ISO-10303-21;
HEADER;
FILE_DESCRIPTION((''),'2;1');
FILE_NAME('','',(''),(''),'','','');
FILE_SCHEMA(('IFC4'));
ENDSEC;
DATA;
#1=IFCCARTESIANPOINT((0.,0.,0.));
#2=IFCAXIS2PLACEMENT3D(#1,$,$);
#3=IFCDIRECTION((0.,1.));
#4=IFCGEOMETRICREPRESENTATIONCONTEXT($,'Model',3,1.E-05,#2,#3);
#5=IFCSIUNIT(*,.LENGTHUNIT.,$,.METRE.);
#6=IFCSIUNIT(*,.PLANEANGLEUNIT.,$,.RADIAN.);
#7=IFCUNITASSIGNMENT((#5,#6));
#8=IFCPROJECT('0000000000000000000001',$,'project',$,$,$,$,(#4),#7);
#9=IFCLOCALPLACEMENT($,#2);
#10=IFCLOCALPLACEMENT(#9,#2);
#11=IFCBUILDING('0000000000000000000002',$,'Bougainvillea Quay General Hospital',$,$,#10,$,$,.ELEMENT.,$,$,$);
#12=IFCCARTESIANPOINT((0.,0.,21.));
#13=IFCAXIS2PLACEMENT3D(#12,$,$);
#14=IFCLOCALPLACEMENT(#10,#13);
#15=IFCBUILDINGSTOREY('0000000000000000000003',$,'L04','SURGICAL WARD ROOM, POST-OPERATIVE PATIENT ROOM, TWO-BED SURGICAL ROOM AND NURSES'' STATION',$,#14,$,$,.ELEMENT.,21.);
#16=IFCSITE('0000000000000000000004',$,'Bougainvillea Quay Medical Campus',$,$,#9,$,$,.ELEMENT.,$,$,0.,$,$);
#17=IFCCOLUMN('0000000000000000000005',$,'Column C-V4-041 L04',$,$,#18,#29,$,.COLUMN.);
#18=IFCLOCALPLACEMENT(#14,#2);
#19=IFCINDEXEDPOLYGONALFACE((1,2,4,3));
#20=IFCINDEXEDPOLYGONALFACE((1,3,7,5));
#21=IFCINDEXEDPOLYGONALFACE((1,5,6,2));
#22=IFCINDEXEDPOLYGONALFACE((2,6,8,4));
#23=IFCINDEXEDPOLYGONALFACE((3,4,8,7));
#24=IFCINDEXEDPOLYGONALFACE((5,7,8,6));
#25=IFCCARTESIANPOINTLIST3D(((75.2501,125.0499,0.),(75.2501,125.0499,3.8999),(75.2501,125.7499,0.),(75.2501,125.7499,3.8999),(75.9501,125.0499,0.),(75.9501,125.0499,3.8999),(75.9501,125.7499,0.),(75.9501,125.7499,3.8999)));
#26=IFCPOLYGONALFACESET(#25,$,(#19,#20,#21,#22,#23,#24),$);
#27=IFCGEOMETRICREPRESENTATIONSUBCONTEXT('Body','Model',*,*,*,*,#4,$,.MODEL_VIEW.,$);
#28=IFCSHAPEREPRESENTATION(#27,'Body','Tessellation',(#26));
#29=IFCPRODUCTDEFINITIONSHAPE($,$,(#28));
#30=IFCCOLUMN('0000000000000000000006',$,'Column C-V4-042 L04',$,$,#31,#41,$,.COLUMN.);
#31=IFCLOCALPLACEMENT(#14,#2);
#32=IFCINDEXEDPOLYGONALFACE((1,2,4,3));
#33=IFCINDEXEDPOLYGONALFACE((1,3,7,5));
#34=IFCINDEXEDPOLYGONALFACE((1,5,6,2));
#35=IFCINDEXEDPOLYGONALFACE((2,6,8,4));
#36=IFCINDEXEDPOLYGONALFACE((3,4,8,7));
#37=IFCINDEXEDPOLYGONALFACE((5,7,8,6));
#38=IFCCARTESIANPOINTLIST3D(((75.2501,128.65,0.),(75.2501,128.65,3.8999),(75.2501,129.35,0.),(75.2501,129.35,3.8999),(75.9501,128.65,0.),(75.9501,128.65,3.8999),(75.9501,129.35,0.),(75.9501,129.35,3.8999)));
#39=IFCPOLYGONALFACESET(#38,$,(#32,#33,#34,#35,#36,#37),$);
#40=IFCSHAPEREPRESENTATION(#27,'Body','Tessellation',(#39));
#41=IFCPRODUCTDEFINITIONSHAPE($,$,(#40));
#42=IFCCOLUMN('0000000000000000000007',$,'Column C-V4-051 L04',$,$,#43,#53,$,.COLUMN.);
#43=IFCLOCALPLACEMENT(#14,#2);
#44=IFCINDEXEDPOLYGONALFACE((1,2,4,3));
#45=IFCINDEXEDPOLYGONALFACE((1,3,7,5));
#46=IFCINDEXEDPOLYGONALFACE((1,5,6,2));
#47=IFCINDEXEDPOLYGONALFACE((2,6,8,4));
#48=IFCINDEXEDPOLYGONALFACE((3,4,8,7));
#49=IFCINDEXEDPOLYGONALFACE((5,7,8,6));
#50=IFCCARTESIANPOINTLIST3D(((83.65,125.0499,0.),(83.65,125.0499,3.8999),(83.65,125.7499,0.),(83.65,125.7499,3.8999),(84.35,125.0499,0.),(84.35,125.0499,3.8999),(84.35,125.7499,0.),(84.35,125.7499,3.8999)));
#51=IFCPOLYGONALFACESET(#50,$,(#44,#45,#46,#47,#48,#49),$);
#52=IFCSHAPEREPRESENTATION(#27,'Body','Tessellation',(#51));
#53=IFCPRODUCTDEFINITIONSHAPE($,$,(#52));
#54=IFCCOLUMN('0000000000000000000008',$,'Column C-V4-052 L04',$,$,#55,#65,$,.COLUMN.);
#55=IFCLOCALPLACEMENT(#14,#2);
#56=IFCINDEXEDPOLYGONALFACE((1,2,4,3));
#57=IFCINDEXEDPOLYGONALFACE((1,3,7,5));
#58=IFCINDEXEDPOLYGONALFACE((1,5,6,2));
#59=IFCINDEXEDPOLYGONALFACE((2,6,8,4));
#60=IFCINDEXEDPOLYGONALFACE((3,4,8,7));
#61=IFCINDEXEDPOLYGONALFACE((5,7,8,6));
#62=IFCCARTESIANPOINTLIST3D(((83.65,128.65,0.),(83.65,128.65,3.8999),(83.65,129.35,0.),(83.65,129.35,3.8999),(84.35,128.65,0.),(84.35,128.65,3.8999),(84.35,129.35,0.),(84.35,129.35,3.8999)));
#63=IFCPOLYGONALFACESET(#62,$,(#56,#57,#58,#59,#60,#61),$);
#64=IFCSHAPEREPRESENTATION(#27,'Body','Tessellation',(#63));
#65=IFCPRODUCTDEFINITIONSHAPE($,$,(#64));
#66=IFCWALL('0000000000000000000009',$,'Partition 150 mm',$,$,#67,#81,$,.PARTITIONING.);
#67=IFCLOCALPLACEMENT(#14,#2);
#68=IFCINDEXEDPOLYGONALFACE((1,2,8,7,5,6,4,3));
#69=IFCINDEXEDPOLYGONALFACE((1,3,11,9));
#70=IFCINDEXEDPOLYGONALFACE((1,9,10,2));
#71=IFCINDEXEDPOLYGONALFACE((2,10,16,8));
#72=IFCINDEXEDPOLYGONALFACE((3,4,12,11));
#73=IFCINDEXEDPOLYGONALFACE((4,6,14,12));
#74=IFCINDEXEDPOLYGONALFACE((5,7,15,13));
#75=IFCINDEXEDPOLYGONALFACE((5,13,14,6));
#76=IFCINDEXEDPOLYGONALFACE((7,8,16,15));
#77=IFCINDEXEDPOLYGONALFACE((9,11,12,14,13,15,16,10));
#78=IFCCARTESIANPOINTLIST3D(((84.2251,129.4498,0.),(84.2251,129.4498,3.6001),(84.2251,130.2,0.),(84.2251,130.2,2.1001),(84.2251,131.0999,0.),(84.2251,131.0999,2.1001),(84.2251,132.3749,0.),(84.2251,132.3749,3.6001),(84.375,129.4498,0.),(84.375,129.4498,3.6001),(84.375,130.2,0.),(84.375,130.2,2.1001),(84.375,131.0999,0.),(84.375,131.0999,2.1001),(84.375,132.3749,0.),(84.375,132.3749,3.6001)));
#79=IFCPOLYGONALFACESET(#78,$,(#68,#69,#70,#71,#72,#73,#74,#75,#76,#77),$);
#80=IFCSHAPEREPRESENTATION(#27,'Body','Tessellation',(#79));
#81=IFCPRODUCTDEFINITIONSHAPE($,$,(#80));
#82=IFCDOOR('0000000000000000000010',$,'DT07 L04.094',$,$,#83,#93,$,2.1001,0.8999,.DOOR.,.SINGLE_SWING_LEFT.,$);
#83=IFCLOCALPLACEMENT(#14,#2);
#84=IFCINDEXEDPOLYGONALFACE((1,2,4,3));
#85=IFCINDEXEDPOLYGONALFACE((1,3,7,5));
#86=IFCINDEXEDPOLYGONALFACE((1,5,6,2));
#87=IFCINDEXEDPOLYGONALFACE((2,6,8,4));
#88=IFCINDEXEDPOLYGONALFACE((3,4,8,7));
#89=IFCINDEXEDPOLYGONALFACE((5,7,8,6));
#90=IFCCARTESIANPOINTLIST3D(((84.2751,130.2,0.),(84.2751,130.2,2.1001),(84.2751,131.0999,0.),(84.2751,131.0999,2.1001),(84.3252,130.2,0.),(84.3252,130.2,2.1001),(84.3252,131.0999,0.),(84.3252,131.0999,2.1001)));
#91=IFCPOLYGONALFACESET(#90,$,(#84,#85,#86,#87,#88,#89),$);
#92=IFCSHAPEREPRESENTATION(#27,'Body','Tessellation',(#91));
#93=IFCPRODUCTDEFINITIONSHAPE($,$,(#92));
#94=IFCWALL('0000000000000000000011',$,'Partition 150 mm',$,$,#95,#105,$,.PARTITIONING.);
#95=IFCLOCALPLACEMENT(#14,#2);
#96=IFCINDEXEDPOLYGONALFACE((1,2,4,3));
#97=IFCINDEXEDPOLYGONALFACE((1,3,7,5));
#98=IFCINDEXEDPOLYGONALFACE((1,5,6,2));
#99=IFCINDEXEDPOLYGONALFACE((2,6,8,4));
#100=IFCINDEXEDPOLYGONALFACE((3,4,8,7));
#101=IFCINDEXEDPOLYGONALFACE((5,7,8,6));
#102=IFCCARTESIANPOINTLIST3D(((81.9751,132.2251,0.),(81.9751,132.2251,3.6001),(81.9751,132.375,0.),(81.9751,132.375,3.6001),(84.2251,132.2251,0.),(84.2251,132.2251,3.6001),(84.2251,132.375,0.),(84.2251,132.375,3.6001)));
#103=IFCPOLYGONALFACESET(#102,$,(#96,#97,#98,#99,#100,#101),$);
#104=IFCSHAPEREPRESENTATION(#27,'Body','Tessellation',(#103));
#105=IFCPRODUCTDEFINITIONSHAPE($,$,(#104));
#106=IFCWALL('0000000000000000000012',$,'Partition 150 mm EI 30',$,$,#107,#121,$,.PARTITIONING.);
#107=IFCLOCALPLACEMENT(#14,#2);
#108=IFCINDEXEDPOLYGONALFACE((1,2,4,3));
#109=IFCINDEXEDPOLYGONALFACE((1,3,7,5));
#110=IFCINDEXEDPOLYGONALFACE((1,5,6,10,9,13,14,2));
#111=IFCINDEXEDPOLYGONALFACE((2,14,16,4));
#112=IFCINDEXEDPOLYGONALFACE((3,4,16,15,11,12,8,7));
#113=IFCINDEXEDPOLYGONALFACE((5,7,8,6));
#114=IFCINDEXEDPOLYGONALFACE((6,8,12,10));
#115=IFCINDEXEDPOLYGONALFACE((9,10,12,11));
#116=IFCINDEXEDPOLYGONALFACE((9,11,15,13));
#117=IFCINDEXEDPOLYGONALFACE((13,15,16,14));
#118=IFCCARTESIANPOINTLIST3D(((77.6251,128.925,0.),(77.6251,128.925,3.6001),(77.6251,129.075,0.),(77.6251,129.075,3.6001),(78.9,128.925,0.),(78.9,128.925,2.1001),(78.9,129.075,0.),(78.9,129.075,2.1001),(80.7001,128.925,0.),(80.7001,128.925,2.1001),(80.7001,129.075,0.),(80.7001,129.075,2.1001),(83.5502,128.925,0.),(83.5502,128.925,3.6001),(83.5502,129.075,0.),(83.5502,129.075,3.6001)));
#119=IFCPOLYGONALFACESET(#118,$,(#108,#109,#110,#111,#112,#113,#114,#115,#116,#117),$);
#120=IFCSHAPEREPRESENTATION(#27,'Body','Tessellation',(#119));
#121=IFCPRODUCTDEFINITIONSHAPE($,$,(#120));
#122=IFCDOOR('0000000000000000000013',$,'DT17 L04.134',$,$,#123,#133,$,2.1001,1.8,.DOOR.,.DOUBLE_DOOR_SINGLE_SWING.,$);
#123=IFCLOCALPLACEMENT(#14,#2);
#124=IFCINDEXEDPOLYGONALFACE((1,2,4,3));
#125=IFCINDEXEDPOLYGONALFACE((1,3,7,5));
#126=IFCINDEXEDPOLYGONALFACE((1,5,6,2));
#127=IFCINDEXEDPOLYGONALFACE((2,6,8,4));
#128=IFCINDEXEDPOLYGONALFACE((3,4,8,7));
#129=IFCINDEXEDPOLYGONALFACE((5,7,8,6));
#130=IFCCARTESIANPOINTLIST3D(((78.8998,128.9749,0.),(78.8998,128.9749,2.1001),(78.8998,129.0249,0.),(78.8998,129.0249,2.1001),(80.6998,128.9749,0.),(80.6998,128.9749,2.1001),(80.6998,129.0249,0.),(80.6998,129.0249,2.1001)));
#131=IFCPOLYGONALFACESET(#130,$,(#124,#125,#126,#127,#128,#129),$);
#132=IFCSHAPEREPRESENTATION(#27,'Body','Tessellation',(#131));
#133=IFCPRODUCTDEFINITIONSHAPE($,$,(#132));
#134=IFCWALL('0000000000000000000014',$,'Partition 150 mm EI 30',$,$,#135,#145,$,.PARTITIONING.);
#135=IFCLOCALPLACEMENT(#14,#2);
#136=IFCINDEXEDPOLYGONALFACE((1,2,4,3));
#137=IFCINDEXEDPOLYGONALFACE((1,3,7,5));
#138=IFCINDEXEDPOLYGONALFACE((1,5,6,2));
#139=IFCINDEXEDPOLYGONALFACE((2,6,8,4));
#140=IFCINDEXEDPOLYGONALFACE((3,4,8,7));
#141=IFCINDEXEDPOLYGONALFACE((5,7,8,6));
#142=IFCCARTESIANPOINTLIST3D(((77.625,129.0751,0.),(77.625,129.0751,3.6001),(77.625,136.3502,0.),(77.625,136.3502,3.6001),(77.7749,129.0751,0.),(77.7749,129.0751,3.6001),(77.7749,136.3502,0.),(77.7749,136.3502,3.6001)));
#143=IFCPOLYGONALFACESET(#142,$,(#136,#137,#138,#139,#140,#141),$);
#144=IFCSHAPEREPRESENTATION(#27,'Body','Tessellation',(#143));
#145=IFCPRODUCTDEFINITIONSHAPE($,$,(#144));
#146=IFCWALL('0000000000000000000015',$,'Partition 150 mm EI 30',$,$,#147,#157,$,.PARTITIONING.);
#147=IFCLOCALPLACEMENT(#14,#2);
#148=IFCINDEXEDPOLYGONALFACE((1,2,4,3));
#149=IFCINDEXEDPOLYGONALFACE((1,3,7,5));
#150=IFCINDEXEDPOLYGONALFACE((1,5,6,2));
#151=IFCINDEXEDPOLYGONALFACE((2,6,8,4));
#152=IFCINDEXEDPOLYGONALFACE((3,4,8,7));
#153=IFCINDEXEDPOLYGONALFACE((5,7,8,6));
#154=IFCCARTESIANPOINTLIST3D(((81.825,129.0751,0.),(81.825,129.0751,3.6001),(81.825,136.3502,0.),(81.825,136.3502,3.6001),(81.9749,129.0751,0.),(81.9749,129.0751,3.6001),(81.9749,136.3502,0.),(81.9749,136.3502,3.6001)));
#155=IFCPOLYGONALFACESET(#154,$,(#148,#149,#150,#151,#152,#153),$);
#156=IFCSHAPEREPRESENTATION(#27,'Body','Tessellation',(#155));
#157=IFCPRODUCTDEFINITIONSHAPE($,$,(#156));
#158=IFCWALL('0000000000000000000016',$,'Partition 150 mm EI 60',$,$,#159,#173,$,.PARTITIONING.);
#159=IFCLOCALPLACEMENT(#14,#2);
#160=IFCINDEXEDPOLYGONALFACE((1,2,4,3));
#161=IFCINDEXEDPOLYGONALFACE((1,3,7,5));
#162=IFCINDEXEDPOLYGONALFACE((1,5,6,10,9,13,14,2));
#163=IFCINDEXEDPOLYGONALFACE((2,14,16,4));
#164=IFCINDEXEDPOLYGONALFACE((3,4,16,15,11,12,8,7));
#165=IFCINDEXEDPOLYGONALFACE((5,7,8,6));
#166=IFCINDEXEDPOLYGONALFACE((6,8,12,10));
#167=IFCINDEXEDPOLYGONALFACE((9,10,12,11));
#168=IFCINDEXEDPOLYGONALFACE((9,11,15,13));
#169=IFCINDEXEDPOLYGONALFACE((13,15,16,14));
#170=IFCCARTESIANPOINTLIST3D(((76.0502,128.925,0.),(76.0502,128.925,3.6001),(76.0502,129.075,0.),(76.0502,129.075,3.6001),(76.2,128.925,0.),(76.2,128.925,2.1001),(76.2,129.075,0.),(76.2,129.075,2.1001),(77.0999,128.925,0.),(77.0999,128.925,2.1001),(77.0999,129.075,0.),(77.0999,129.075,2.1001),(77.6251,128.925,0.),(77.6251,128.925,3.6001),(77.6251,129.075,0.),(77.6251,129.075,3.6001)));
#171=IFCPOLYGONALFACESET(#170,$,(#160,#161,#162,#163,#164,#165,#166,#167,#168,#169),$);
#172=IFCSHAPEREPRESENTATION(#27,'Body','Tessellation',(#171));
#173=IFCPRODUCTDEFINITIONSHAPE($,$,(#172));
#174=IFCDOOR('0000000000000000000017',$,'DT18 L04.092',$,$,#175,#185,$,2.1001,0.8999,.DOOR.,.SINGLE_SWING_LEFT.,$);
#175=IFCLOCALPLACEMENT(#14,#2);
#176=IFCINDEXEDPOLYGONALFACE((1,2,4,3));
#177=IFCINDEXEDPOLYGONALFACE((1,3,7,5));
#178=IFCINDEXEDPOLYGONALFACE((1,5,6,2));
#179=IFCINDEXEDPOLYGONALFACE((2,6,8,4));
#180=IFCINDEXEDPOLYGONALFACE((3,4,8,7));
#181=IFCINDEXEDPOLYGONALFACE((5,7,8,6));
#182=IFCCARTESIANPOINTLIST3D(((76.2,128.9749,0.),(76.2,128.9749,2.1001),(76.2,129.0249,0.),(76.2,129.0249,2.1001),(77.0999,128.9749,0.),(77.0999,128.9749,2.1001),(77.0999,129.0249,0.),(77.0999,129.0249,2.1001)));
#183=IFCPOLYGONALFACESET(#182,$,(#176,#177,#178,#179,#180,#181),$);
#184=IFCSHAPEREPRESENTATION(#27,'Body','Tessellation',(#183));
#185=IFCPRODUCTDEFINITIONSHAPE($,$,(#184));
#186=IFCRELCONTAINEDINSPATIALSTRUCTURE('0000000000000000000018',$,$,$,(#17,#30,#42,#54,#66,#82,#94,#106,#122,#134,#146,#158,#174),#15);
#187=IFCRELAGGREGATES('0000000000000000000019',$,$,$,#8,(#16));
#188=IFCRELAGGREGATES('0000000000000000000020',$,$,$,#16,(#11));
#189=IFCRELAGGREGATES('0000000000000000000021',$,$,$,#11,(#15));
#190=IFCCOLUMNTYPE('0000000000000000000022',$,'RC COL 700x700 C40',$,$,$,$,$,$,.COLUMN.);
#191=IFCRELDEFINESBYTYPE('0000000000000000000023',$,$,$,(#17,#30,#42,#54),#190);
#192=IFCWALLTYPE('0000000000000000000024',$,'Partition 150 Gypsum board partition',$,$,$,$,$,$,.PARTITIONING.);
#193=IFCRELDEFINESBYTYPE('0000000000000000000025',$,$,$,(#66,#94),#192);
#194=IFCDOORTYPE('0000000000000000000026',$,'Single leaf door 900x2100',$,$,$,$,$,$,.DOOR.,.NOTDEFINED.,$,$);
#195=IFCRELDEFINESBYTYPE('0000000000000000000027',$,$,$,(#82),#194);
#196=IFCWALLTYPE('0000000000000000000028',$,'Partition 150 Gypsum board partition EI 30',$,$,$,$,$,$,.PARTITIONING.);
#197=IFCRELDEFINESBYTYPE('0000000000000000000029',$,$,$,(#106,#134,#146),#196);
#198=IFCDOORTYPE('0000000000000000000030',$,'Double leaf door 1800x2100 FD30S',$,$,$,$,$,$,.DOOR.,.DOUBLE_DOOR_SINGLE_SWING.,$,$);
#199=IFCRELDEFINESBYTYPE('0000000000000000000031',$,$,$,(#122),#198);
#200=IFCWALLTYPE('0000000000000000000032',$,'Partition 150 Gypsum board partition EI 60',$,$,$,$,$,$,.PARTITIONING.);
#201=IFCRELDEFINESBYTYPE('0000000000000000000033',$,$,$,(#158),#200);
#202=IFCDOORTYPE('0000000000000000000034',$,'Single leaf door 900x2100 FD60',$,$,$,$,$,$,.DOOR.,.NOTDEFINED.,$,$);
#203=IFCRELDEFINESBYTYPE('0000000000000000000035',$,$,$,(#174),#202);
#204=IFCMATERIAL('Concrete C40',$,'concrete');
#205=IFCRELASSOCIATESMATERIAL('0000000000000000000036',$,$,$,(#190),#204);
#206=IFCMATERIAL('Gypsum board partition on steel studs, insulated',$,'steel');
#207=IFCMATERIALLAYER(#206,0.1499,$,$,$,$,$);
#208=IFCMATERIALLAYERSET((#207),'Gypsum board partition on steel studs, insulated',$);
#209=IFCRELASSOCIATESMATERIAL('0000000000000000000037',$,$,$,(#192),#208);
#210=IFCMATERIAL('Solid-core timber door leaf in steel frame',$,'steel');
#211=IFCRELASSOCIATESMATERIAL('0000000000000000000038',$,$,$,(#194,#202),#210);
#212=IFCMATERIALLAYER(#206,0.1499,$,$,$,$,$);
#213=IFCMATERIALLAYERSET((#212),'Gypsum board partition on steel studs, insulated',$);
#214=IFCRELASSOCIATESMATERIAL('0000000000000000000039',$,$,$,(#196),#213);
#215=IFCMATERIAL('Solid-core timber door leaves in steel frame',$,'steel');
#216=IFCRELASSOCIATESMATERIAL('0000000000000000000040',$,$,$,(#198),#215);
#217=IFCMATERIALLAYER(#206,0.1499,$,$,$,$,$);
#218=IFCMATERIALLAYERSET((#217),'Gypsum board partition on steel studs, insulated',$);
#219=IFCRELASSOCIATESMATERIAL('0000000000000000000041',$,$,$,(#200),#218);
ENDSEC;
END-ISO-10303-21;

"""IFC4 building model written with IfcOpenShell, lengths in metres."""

from ifc_helpers import new_model, si_unit, direction, frame, frame_2d, origin, origin_2d, place, context, subcontext, project, spatial, rectangle, extrude, material, layer, layer_set, material_profile, profile_set, type_object, element, fill, save


model = new_model("IFC4")

# Units and contexts
model_context = context("Model", 3, precision=1e-05, world=origin(), true_north=direction((0.0, 1.0)))
body_context = subcontext(model_context, "Body", "Model", "MODEL_VIEW")
ifc_project = project(units=[si_unit("LENGTHUNIT", "METRE"), si_unit("PLANEANGLEUNIT", "RADIAN")], contexts=[model_context])

# Site, building, storey
site_placement = place(None, origin())
site = spatial("IfcSite", under=ifc_project, at=site_placement, Name="Bougainvillea Quay Medical Campus", CompositionType="ELEMENT", RefElevation=0.0)
building_placement = place(site_placement, origin())
building = spatial("IfcBuilding", under=site, at=building_placement, Name="Bougainvillea Quay General Hospital", CompositionType="ELEMENT")
storey_placement = place(building_placement, frame((0.0, 0.0, 21.0)))
storey = spatial("IfcBuildingStorey", under=building, at=storey_placement, Name="L04", Description="SURGICAL WARD ROOM, POST-OPERATIVE PATIENT ROOM, TWO-BED SURGICAL ROOM AND NURSES' STATION", CompositionType="ELEMENT", Elevation=21.0)

# Columns
ifc_material_1 = material(Name="Concrete C40", Category="concrete")
ifc_material_profile_1 = material_profile(ifc_material_1, rectangle(XDim=0.7, YDim=0.7, at=origin_2d()))
ifc_profile_set_1 = profile_set([ifc_material_profile_1], Name="Concrete C40")
column_type = type_object("IfcColumnType", Name="RC COL 700x700 C40", PredefinedType="COLUMN", material=ifc_profile_set_1)
for number, where, z_axis, x_axis, name in (
    (1, (75.6001, 125.3999, 0.0), (0.0, 0.0, 1.0), (1.0, 0.0, 0.0), "Column C-V4-041 L04"),
    (2, (75.6001, 129.0, 0.0), (0.0, 0.0, 1.0), (1.0, 0.0, 0.0), "Column C-V4-042 L04"),
    (3, (84.0, 125.3999, 0.0), (0.0, 0.0, 1.0), (1.0, 0.0, 0.0), "Column C-V4-051 L04"),
    (4, (84.0, 129.0, 0.0), (0.0, 0.0, 1.0), (1.0, 0.0, 0.0), "Column C-V4-052 L04"),
):
    element("IfcColumn", number, at=place(storey_placement, frame(where, z_axis=z_axis, x_axis=x_axis)), inside=storey, type_object=column_type, Name=name, PredefinedType="COLUMN", context=body_context, shape_type="SweptSolid", body=[
        extrude(rectangle(XDim=0.7, YDim=0.7, at=origin_2d()), origin(), (0.0, 0.0, 1.0), 3.8999),
    ])

# Wall, opening, door
ifc_material_2 = material(Name="Gypsum board partition on steel studs, insulated", Category="steel")
ifc_layer_1 = layer(ifc_material_2, 0.1499)
ifc_layer_set_1 = layer_set([ifc_layer_1], Name="Gypsum board partition on steel studs, insulated")
wall_type_1 = type_object("IfcWallType", Name="Partition 150 Gypsum board partition", PredefinedType="PARTITIONING", material=ifc_layer_set_1)
wall_1_placement = place(storey_placement, frame((84.3, 129.45, 0.0), z_axis=(0.0, 0.0, 1.0), x_axis=(0.0, 1.0, 0.0)))
wall_1 = element("IfcWall", 5, at=wall_1_placement, inside=storey, type_object=wall_type_1, Name="Partition 150 mm", PredefinedType="PARTITIONING", context=body_context, shape_type="SweptSolid", body=[
    extrude(rectangle(XDim=2.925, YDim=0.1499, at=frame_2d((1.4624, 0.0))), origin(), (0.0, 0.0, 1.0), 3.6001),
])
opening_1_placement = place(wall_1_placement, frame((0.75, 0.0, 0.0)))
opening_1 = element("IfcOpeningElement", 6, at=opening_1_placement, cuts=wall_1, PredefinedType="OPENING", context=body_context, shape_type="SweptSolid", body=[
    extrude(rectangle(XDim=0.8999, YDim=2.1001, at=frame_2d((0.45, 1.05))), frame((0.0, 0.085, 0.0), z_axis=(0.0, -1.0, 0.0), x_axis=(1.0, 0.0, 0.0)), (0.0, 0.0, 1.0), 0.1699),
])
ifc_material_3 = material(Name="Solid-core timber door leaf in steel frame", Category="steel")
door_type_1 = type_object("IfcDoorType", Name="Single leaf door 900x2100", OperationType="NOTDEFINED", PredefinedType="DOOR", material=ifc_material_3)
door_1_placement = place(opening_1_placement, origin())
door_1 = element("IfcDoor", 7, at=door_1_placement, inside=storey, type_object=door_type_1, Name="DT07 L04.094", OperationType="SINGLE_SWING_LEFT", OverallHeight=2.1001, OverallWidth=0.8999, PredefinedType="DOOR", context=body_context, shape_type="SweptSolid", body=[
    extrude(rectangle(XDim=0.8999, YDim=2.1001, at=frame_2d((0.45, 1.05))), frame((0.0, 0.0249, 0.0), z_axis=(0.0, -1.0, 0.0), x_axis=(1.0, 0.0, 0.0)), (0.0, 0.0, 1.0), 0.05),
])
fill(opening_1, door_1)

# Wall
wall_2_placement = place(storey_placement, frame((81.9751, 132.3, 0.0), z_axis=(0.0, 0.0, 1.0), x_axis=(1.0, 0.0, 0.0)))
element("IfcWall", 8, at=wall_2_placement, inside=storey, type_object=wall_type_1, Name="Partition 150 mm", PredefinedType="PARTITIONING", context=body_context, shape_type="SweptSolid", body=[
    extrude(rectangle(XDim=2.25, YDim=0.1499, at=frame_2d((1.125, 0.0))), origin(), (0.0, 0.0, 1.0), 3.6001),
])

# Wall, opening, door
ifc_layer_2 = layer(ifc_material_2, 0.1499)
ifc_layer_set_2 = layer_set([ifc_layer_2], Name="Gypsum board partition on steel studs, insulated")
wall_type_2 = type_object("IfcWallType", Name="Partition 150 Gypsum board partition EI 30", PredefinedType="PARTITIONING", material=ifc_layer_set_2)
wall_3_placement = place(storey_placement, frame((83.55, 129.0, 0.0), z_axis=(0.0, 0.0, 1.0), x_axis=(-1.0, 0.0, 0.0)))
wall_3 = element("IfcWall", 9, at=wall_3_placement, inside=storey, type_object=wall_type_2, Name="Partition 150 mm EI 30", PredefinedType="PARTITIONING", context=body_context, shape_type="SweptSolid", body=[
    extrude(rectangle(XDim=5.925, YDim=0.1499, at=frame_2d((2.9624, 0.0))), origin(), (0.0, 0.0, 1.0), 3.6001),
])
opening_2_placement = place(wall_3_placement, frame((2.8501, 0.0, 0.0)))
opening_2 = element("IfcOpeningElement", 10, at=opening_2_placement, cuts=wall_3, PredefinedType="OPENING", context=body_context, shape_type="SweptSolid", body=[
    extrude(rectangle(XDim=1.8, YDim=2.1001, at=frame_2d((0.8999, 1.05))), frame((0.0, 0.085, 0.0), z_axis=(0.0, -1.0, 0.0), x_axis=(1.0, 0.0, 0.0)), (0.0, 0.0, 1.0), 0.1699),
])
ifc_material_4 = material(Name="Solid-core timber door leaves in steel frame", Category="steel")
door_type_2 = type_object("IfcDoorType", Name="Double leaf door 1800x2100 FD30S", OperationType="DOUBLE_DOOR_SINGLE_SWING", PredefinedType="DOOR", material=ifc_material_4)
door_2_placement = place(opening_2_placement, frame((1.8, 0.0, 0.0), z_axis=(0.0, 0.0, 1.0), x_axis=(-1.0, 0.0, 0.0)))
door_2 = element("IfcDoor", 11, at=door_2_placement, inside=storey, type_object=door_type_2, Name="DT17 L04.134", OperationType="DOUBLE_DOOR_SINGLE_SWING", OverallHeight=2.1001, OverallWidth=1.8, PredefinedType="DOOR", context=body_context, shape_type="SweptSolid", body=[
    extrude(rectangle(XDim=1.8, YDim=2.1001, at=frame_2d((0.8999, 1.05))), frame((0.0, 0.0249, 0.0), z_axis=(0.0, -1.0, 0.0), x_axis=(1.0, 0.0, 0.0)), (0.0, 0.0, 1.0), 0.05),
])
fill(opening_2, door_2)

# Walls
for number, where, z_axis, x_axis, name in (
    (12, (77.7, 129.075, 0.0), (0.0, 0.0, 1.0), (0.0, 1.0, 0.0), "Partition 150 mm EI 30"),
    (13, (81.8999, 129.075, 0.0), (0.0, 0.0, 1.0), (0.0, 1.0, 0.0), "Partition 150 mm EI 30"),
):
    element("IfcWall", number, at=place(storey_placement, frame(where, z_axis=z_axis, x_axis=x_axis)), inside=storey, type_object=wall_type_2, Name=name, PredefinedType="PARTITIONING", context=body_context, shape_type="SweptSolid", body=[
        extrude(rectangle(XDim=7.2751, YDim=0.1499, at=frame_2d((3.6377, 0.0))), origin(), (0.0, 0.0, 1.0), 3.6001),
    ])

# Wall, opening, door
ifc_layer_3 = layer(ifc_material_2, 0.1499)
ifc_layer_set_3 = layer_set([ifc_layer_3], Name="Gypsum board partition on steel studs, insulated")
wall_type_3 = type_object("IfcWallType", Name="Partition 150 Gypsum board partition EI 60", PredefinedType="PARTITIONING", material=ifc_layer_set_3)
wall_4_placement = place(storey_placement, frame((76.05, 129.0, 0.0), z_axis=(0.0, 0.0, 1.0), x_axis=(1.0, 0.0, 0.0)))
wall_4 = element("IfcWall", 14, at=wall_4_placement, inside=storey, type_object=wall_type_3, Name="Partition 150 mm EI 60", PredefinedType="PARTITIONING", context=body_context, shape_type="SweptSolid", body=[
    extrude(rectangle(XDim=1.575, YDim=0.1499, at=frame_2d((0.7876, 0.0))), origin(), (0.0, 0.0, 1.0), 3.6001),
])
opening_3_placement = place(wall_4_placement, frame((0.1499, 0.0, 0.0)))
opening_3 = element("IfcOpeningElement", 15, at=opening_3_placement, cuts=wall_4, PredefinedType="OPENING", context=body_context, shape_type="SweptSolid", body=[
    extrude(rectangle(XDim=0.8999, YDim=2.1001, at=frame_2d((0.45, 1.05))), frame((0.0, 0.085, 0.0), z_axis=(0.0, -1.0, 0.0), x_axis=(1.0, 0.0, 0.0)), (0.0, 0.0, 1.0), 0.1699),
])
door_type_3 = type_object("IfcDoorType", Name="Single leaf door 900x2100 FD60", OperationType="NOTDEFINED", PredefinedType="DOOR", material=ifc_material_3)
door_3_placement = place(opening_3_placement, origin())
door_3 = element("IfcDoor", 16, at=door_3_placement, inside=storey, type_object=door_type_3, Name="DT18 L04.092", OperationType="SINGLE_SWING_LEFT", OverallHeight=2.1001, OverallWidth=0.8999, PredefinedType="DOOR", context=body_context, shape_type="SweptSolid", body=[
    extrude(rectangle(XDim=0.8999, YDim=2.1001, at=frame_2d((0.45, 1.05))), frame((0.0, 0.0249, 0.0), z_axis=(0.0, -1.0, 0.0), x_axis=(1.0, 0.0, 0.0)), (0.0, 0.0, 1.0), 0.05),
])
fill(opening_3, door_3)

save(model, "model.ifc")
